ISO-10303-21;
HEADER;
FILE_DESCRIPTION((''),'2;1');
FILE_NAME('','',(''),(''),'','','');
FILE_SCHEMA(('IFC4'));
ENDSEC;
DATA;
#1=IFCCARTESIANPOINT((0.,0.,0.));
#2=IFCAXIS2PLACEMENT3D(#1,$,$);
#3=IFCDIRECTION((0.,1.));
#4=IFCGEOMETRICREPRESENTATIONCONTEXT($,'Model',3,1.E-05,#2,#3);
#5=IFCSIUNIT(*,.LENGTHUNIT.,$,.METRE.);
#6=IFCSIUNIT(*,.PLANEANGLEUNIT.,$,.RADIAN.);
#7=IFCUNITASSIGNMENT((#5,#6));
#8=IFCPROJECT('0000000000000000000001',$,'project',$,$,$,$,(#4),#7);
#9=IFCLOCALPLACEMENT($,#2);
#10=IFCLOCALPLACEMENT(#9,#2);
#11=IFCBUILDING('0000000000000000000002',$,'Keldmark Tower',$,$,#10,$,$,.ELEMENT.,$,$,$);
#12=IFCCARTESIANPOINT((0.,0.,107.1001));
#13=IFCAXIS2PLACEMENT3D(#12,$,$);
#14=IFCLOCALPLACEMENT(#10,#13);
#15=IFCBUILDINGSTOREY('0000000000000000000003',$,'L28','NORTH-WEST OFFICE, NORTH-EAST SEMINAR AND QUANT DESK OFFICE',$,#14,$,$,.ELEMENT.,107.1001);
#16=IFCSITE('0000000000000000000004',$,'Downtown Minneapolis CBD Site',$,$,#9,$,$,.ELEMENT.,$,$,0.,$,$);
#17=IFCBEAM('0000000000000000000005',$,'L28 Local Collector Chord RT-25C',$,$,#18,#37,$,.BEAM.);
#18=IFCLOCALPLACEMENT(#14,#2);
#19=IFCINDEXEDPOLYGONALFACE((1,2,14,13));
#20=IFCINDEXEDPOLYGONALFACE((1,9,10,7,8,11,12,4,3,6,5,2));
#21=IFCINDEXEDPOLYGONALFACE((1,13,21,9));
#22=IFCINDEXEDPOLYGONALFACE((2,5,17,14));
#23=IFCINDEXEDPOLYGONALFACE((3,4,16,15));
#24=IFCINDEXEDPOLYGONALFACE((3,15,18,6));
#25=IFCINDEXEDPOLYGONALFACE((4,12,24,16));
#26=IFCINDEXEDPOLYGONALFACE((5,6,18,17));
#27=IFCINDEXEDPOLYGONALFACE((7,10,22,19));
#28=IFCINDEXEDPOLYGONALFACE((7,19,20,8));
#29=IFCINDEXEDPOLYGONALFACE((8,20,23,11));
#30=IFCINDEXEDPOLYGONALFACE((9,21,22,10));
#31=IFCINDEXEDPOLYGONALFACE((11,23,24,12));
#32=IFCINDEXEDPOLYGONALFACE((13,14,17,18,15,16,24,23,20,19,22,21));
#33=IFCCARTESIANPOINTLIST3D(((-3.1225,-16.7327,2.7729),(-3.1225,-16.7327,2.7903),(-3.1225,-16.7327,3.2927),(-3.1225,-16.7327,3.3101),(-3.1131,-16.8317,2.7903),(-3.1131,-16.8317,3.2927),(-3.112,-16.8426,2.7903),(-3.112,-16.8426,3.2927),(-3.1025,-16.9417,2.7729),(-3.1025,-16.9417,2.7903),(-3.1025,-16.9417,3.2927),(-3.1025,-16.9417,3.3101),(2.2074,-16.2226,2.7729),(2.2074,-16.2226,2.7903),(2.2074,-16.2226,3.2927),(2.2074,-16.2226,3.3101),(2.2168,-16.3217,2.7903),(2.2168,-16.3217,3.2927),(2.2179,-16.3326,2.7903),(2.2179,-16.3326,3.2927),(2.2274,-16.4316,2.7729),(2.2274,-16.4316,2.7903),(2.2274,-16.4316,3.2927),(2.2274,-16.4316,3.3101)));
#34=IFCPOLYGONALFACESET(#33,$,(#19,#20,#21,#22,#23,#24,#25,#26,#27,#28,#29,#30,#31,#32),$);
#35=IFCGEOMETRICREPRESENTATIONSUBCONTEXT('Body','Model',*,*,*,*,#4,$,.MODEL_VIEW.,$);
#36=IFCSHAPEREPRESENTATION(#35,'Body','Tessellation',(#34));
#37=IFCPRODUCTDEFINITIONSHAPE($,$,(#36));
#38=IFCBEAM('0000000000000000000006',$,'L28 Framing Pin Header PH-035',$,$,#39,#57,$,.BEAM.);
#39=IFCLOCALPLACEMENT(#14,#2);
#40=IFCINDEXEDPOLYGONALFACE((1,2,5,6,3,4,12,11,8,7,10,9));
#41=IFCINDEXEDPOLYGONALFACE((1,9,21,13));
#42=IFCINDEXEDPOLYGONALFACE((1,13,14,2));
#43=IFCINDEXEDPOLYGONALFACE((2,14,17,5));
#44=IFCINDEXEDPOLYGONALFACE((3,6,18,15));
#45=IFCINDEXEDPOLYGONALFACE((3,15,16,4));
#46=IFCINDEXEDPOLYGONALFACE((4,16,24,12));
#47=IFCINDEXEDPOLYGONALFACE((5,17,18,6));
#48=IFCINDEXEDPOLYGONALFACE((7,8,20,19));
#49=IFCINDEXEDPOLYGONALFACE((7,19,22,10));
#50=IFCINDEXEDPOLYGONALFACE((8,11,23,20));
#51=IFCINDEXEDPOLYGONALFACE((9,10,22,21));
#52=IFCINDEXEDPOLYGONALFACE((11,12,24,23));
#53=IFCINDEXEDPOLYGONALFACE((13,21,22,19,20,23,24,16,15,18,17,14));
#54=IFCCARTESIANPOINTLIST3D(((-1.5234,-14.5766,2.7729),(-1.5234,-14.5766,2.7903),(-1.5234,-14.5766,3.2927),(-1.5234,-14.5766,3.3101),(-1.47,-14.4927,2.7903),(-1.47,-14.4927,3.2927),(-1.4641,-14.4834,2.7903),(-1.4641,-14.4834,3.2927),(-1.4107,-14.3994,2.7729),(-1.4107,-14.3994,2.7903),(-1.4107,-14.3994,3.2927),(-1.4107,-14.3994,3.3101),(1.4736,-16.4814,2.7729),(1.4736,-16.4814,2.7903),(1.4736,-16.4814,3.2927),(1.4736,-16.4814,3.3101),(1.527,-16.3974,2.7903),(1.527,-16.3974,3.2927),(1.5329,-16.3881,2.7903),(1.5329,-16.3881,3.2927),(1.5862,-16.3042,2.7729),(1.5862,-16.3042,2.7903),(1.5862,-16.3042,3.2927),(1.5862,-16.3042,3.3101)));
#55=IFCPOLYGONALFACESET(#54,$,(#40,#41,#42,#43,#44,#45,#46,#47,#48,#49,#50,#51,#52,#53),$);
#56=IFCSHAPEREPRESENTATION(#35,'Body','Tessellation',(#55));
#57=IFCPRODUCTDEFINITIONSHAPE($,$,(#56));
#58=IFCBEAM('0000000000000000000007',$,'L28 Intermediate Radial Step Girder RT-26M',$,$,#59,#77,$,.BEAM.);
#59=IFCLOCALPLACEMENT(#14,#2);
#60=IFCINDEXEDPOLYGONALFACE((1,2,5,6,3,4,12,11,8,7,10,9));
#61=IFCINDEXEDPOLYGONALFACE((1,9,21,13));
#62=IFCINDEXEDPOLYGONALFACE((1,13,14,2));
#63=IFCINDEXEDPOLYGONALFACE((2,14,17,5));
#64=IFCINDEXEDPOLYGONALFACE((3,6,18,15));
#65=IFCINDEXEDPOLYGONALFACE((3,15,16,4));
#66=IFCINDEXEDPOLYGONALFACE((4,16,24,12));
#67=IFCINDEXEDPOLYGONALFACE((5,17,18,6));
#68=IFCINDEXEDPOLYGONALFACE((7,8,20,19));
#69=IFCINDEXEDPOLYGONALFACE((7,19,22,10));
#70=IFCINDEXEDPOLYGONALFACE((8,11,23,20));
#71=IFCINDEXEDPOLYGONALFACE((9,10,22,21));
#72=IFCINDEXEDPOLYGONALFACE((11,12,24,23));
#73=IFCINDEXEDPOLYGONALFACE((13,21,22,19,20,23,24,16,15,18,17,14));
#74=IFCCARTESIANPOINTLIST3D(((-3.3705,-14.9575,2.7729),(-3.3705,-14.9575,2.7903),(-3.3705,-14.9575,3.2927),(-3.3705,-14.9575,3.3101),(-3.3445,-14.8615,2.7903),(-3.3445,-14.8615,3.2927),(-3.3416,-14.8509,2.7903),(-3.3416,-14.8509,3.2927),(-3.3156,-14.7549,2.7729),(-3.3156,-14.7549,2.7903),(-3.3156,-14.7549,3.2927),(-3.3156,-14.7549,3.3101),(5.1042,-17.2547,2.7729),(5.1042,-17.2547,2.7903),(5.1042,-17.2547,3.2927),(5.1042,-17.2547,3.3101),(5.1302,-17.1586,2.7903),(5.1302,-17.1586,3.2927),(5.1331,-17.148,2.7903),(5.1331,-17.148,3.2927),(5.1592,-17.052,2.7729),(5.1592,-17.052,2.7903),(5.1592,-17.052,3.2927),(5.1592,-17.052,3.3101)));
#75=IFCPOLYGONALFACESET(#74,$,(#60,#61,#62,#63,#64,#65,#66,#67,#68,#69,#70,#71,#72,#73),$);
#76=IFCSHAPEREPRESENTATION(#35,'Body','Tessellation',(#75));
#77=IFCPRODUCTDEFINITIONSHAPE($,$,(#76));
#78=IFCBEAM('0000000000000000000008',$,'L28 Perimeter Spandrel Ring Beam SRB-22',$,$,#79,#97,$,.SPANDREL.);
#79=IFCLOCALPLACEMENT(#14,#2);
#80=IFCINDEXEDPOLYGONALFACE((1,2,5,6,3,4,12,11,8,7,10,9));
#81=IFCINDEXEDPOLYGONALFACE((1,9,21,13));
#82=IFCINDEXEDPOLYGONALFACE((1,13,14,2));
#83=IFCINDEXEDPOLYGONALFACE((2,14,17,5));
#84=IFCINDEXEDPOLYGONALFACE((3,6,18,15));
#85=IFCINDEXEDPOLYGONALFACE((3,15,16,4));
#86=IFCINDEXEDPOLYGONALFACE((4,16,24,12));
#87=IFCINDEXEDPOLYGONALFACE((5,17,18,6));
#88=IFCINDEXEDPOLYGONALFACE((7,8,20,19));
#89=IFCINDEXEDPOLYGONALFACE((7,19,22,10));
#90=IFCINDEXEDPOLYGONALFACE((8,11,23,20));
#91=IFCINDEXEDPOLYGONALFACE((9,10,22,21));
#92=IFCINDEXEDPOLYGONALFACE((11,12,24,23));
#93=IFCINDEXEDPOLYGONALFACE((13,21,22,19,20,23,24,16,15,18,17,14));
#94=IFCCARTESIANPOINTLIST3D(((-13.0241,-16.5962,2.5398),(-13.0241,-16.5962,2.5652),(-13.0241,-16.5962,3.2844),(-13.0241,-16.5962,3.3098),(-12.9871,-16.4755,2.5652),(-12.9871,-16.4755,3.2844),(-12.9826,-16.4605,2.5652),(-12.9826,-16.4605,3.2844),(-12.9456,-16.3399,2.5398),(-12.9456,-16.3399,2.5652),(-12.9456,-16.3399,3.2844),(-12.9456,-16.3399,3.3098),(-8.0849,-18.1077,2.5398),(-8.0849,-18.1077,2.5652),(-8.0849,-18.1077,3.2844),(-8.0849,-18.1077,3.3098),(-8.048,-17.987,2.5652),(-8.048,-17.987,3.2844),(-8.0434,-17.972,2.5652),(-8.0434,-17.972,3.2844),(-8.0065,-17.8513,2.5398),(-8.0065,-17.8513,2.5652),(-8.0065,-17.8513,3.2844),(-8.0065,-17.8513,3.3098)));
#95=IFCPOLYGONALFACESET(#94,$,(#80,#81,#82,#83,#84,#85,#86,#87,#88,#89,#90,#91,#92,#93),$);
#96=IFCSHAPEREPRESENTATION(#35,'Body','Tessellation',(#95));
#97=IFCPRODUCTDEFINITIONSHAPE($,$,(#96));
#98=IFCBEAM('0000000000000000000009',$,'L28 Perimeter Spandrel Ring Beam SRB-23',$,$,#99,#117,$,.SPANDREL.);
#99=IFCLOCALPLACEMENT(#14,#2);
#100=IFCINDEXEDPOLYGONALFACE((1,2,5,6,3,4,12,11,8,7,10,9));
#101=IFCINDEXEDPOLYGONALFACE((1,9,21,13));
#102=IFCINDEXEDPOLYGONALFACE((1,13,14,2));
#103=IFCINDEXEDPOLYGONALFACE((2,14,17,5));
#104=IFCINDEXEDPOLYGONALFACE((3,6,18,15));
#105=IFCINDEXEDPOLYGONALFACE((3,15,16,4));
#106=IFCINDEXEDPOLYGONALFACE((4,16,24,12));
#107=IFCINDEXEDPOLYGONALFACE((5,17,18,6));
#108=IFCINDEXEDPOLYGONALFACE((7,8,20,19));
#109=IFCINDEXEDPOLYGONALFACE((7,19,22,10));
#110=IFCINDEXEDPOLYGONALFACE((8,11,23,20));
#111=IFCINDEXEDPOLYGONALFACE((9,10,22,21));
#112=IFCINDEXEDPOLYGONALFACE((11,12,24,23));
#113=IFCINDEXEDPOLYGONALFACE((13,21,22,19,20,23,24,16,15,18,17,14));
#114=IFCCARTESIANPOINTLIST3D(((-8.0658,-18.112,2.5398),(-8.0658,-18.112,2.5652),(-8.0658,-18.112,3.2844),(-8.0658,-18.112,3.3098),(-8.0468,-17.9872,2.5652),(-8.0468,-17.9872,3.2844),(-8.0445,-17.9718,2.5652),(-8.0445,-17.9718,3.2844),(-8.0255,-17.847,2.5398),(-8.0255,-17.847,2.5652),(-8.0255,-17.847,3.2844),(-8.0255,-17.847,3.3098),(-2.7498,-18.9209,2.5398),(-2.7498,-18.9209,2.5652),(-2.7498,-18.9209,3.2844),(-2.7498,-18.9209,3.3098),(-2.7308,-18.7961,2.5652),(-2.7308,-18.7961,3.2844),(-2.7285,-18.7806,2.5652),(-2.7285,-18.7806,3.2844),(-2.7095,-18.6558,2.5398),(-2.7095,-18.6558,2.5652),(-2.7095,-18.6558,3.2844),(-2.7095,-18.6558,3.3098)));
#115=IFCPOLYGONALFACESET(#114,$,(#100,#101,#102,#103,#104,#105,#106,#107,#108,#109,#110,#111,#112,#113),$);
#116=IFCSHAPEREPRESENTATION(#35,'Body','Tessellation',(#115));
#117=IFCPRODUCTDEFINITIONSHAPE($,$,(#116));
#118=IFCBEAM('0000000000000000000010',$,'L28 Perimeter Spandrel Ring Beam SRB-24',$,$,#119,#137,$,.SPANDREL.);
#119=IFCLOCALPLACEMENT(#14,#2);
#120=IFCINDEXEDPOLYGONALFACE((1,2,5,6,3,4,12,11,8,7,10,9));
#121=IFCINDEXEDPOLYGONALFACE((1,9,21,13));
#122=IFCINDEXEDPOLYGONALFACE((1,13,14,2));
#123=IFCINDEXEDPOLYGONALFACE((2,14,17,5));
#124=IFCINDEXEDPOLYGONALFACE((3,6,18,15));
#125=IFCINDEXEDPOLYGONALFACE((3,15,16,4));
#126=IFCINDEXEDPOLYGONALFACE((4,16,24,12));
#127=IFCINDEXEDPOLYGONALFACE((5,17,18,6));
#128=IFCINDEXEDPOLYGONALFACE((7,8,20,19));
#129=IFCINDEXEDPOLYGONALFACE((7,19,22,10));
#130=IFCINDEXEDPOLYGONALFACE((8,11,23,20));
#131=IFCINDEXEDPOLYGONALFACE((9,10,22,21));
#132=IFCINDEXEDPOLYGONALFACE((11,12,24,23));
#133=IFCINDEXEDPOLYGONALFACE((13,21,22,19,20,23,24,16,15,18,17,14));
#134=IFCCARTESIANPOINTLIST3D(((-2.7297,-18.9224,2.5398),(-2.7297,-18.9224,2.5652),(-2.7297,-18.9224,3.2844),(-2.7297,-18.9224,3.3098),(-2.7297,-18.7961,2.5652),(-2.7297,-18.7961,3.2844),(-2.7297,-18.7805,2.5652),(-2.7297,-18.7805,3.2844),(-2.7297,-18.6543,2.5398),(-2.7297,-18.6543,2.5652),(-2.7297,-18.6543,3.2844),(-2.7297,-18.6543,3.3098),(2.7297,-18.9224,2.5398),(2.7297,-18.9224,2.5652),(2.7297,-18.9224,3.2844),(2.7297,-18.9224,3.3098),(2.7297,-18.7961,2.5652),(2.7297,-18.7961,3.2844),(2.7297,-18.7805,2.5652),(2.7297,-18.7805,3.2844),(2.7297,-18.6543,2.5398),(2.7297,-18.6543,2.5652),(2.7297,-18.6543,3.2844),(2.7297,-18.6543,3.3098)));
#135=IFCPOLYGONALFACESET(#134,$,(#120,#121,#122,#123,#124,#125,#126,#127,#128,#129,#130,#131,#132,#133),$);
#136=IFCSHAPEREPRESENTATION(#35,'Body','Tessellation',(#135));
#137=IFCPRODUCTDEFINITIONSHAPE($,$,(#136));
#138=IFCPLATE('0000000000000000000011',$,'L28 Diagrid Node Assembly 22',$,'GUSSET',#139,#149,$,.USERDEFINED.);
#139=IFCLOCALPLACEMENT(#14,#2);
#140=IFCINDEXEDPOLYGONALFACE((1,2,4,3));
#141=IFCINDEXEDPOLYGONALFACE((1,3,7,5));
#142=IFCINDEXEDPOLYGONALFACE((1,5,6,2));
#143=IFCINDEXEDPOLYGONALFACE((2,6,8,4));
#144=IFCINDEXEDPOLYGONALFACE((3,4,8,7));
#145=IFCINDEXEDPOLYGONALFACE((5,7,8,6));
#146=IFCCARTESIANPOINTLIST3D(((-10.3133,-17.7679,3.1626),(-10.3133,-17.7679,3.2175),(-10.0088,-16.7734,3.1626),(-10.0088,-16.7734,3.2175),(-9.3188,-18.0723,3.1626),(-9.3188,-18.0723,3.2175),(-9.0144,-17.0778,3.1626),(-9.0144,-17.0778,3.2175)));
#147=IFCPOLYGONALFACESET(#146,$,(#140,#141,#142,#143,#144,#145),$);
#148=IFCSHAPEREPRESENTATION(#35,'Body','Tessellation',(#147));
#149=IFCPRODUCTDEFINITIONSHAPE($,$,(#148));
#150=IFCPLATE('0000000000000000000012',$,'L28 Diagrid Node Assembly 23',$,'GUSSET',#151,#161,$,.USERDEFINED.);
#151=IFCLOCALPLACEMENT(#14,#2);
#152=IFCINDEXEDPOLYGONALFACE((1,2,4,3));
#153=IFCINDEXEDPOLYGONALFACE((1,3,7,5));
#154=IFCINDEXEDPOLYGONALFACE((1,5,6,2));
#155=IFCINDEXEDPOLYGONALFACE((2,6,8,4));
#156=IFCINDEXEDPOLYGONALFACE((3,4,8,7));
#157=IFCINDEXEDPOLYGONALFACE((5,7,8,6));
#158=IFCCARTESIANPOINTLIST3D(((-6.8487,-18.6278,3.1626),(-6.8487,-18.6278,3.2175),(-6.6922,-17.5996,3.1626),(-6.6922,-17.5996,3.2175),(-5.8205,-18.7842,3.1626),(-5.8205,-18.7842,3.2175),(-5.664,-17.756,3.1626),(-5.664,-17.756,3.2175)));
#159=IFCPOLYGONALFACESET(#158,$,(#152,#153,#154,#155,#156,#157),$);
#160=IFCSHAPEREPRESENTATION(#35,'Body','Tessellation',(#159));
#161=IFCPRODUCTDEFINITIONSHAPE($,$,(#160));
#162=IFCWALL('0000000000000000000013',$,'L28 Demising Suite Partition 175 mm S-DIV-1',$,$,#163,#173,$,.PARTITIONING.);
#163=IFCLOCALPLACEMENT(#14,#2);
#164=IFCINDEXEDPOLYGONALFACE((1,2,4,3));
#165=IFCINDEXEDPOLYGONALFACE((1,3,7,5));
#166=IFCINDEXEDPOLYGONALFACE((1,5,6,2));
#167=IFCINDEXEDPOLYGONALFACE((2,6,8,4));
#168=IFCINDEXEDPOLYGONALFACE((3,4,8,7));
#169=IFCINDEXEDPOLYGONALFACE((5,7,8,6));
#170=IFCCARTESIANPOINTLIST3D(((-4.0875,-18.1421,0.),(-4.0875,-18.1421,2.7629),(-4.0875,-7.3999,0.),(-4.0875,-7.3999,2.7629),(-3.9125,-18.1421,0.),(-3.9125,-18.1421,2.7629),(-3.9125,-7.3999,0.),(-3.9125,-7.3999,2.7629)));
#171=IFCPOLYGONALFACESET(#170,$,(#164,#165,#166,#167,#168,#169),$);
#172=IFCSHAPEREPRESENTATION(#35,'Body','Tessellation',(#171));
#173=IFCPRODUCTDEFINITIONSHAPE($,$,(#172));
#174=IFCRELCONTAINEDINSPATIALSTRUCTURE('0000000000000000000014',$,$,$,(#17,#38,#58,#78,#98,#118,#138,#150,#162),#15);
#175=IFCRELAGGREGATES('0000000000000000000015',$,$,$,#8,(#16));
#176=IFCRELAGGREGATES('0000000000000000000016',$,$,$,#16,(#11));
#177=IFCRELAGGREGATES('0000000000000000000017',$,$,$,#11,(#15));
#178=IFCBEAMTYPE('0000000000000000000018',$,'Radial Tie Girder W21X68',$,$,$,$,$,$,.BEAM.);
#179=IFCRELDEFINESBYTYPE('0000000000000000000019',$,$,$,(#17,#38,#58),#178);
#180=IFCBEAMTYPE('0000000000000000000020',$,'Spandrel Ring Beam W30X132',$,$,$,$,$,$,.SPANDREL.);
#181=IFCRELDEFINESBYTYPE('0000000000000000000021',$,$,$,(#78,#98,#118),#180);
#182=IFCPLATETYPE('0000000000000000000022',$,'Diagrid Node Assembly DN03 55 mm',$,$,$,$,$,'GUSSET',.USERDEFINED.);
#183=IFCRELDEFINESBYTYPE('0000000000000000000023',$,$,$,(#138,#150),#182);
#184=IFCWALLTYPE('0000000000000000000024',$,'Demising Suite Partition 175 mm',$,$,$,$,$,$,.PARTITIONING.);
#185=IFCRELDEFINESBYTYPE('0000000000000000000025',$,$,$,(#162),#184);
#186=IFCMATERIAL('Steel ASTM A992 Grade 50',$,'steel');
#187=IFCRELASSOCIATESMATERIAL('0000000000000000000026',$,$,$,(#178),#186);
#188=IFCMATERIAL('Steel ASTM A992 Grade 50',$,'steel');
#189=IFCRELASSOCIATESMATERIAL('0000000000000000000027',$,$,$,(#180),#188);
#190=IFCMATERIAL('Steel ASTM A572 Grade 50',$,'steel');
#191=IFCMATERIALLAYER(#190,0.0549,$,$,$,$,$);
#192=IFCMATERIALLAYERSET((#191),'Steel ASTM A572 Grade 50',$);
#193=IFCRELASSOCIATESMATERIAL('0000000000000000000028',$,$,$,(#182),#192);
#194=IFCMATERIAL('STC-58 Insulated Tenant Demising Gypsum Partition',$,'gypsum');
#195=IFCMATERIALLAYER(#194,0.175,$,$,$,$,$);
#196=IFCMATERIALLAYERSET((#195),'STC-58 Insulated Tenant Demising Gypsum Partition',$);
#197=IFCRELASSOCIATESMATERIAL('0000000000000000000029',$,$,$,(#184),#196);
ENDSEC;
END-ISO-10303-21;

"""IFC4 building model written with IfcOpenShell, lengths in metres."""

from ifc_helpers import new_model, si_unit, direction, frame, frame_2d, origin, origin_2d, place, context, subcontext, project, spatial, rectangle, i_section, extrude, material, layer, layer_set, material_profile, profile_set, type_object, element, save


model = new_model("IFC4")

# Units and contexts
model_context = context("Model", 3, precision=1e-05, world=origin(), true_north=direction((0.0, 1.0)))
body_context = subcontext(model_context, "Body", "Model", "MODEL_VIEW")
ifc_project = project(units=[si_unit("LENGTHUNIT", "METRE"), si_unit("PLANEANGLEUNIT", "RADIAN")], contexts=[model_context])

# Site, building, storey
site_placement = place(None, origin())
site = spatial("IfcSite", under=ifc_project, at=site_placement, Name="Downtown Minneapolis CBD Site", CompositionType="ELEMENT", RefElevation=0.0)
building_placement = place(site_placement, origin())
building = spatial("IfcBuilding", under=site, at=building_placement, Name="Keldmark Tower", CompositionType="ELEMENT")
storey_placement = place(building_placement, frame((0.0, 0.0, 107.1001)))
storey = spatial("IfcBuildingStorey", under=building, at=storey_placement, Name="L28", Description="NORTH-WEST OFFICE, NORTH-EAST SEMINAR AND QUANT DESK OFFICE", CompositionType="ELEMENT", Elevation=107.1001)

# Beams
ifc_material_1 = material(Name="Steel ASTM A992 Grade 50", Category="steel")
ifc_material_profile_1 = material_profile(ifc_material_1, i_section(OverallWidth=0.21, OverallDepth=0.5371, WebThickness=0.011, FlangeThickness=0.0173, at=origin_2d()), Name="W21X68")
ifc_profile_set_1 = profile_set([ifc_material_profile_1], Name="Steel ASTM A992 Grade 50")
beam_type_1 = type_object("IfcBeamType", Name="Radial Tie Girder W21X68", PredefinedType="BEAM", material=ifc_profile_set_1)
beam_1_placement = place(storey_placement, frame((-3.1125, -16.8372, 3.0415), z_axis=(0.995453, 0.095255, 0.0), x_axis=(-0.095255, 0.995453, 0.0)))
element("IfcBeam", 1, at=beam_1_placement, inside=storey, type_object=beam_type_1, Name="L28 Local Collector Chord RT-25C", PredefinedType="BEAM", context=body_context, shape_type="SweptSolid", body=[
    extrude(i_section(OverallWidth=0.21, OverallDepth=0.5371, WebThickness=0.011, FlangeThickness=0.0173, at=origin_2d()), origin(), (0.0, 0.0, 1.0), 5.3542),
])
beam_2_placement = place(storey_placement, frame((-1.467, -14.488, 3.0415), z_axis=(0.843973, -0.536386, 0.0), x_axis=(0.536386, 0.843973, 0.0)))
element("IfcBeam", 2, at=beam_2_placement, inside=storey, type_object=beam_type_1, Name="L28 Framing Pin Header PH-035", PredefinedType="BEAM", context=body_context, shape_type="SweptSolid", body=[
    extrude(i_section(OverallWidth=0.21, OverallDepth=0.5371, WebThickness=0.011, FlangeThickness=0.0173, at=origin_2d()), origin(), (0.0, 0.0, 1.0), 3.551),
])
beam_3_placement = place(storey_placement, frame((-3.343, -14.8562, 3.0415), z_axis=(0.965171, -0.261618, 0.0), x_axis=(0.261618, 0.965171, 0.0)))
element("IfcBeam", 3, at=beam_3_placement, inside=storey, type_object=beam_type_1, Name="L28 Intermediate Radial Step Girder RT-26M", PredefinedType="BEAM", context=body_context, shape_type="SweptSolid", body=[
    extrude(i_section(OverallWidth=0.21, OverallDepth=0.5371, WebThickness=0.011, FlangeThickness=0.0173, at=origin_2d()), origin(), (0.0, 0.0, 1.0), 8.7805),
])
ifc_material_2 = material(Name="Steel ASTM A992 Grade 50", Category="steel")
ifc_material_profile_2 = material_profile(ifc_material_2, i_section(OverallWidth=0.2681, OverallDepth=0.77, WebThickness=0.0156, FlangeThickness=0.0254, at=origin_2d()), Name="W30X132")
ifc_profile_set_2 = profile_set([ifc_material_profile_2], Name="Steel ASTM A992 Grade 50")
beam_type_2 = type_object("IfcBeamType", Name="Spandrel Ring Beam W30X132", PredefinedType="SPANDREL", material=ifc_profile_set_2)
beam_4_placement = place(storey_placement, frame((-12.9849, -16.468, 2.9248), z_axis=(0.956229, -0.292621, 0.0), x_axis=(0.292621, 0.956229, 0.0)))
element("IfcBeam", 4, at=beam_4_placement, inside=storey, type_object=beam_type_2, Name="L28 Perimeter Spandrel Ring Beam SRB-22", PredefinedType="SPANDREL", context=body_context, shape_type="SweptSolid", body=[
    extrude(i_section(OverallWidth=0.2681, OverallDepth=0.77, WebThickness=0.0156, FlangeThickness=0.0254, at=origin_2d()), origin(), (0.0, 0.0, 1.0), 5.1653),
])
beam_5_placement = place(storey_placement, frame((-8.0457, -17.9795, 2.9248), z_axis=(0.988622, -0.150423, 0.0), x_axis=(0.150423, 0.988622, 0.0)))
element("IfcBeam", 5, at=beam_5_placement, inside=storey, type_object=beam_type_2, Name="L28 Perimeter Spandrel Ring Beam SRB-23", PredefinedType="SPANDREL", context=body_context, shape_type="SweptSolid", body=[
    extrude(i_section(OverallWidth=0.2681, OverallDepth=0.77, WebThickness=0.0156, FlangeThickness=0.0254, at=origin_2d()), origin(), (0.0, 0.0, 1.0), 5.3772),
])
beam_6_placement = place(storey_placement, frame((-2.7297, -18.7883, 2.9248), z_axis=(1.0, 0.0, 0.0), x_axis=(0.0, 1.0, 0.0)))
element("IfcBeam", 6, at=beam_6_placement, inside=storey, type_object=beam_type_2, Name="L28 Perimeter Spandrel Ring Beam SRB-24", PredefinedType="SPANDREL", context=body_context, shape_type="SweptSolid", body=[
    extrude(i_section(OverallWidth=0.2681, OverallDepth=0.77, WebThickness=0.0156, FlangeThickness=0.0254, at=origin_2d()), origin(), (0.0, 0.0, 1.0), 5.4595),
])

# Plates
ifc_material_3 = material(Name="Steel ASTM A572 Grade 50", Category="steel")
ifc_layer_1 = layer(ifc_material_3, 0.0549)
ifc_layer_set_1 = layer_set([ifc_layer_1], Name="Steel ASTM A572 Grade 50")
plate_type = type_object("IfcPlateType", Name="Diagrid Node Assembly DN03 55 mm", ElementType="GUSSET", PredefinedType="USERDEFINED", material=ifc_layer_set_1)
for number, where, z_axis, x_axis, name in (
    (7, (-9.6638, -17.4229, 3.1626), (0.0, 0.0, 1.0), (0.956203, -0.292706, 0.0), "L28 Diagrid Node Assembly 22"),
    (8, (-6.2563, -18.1919, 3.1626), (0.0, 0.0, 1.0), (0.988626, -0.150398, 0.0), "L28 Diagrid Node Assembly 23"),
):
    element("IfcPlate", number, at=place(storey_placement, frame(where, z_axis=z_axis, x_axis=x_axis)), inside=storey, type_object=plate_type, Name=name, ObjectType="GUSSET", PredefinedType="USERDEFINED", context=body_context, shape_type="SweptSolid", body=[
        extrude(rectangle(XDim=1.04, YDim=1.04, at=origin_2d()), origin(), (0.0, 0.0, 1.0), 0.0549),
    ])

# Wall
ifc_material_4 = material(Name="STC-58 Insulated Tenant Demising Gypsum Partition", Category="gypsum")
ifc_layer_2 = layer(ifc_material_4, 0.175)
ifc_layer_set_2 = layer_set([ifc_layer_2], Name="STC-58 Insulated Tenant Demising Gypsum Partition")
wall_type_1 = type_object("IfcWallType", Name="Demising Suite Partition 175 mm", PredefinedType="PARTITIONING", material=ifc_layer_set_2)
wall_1_placement = place(storey_placement, frame((-4.0, -18.1421, 0.0), z_axis=(0.0, 0.0, 1.0), x_axis=(0.0, 1.0, 0.0)))
element("IfcWall", 9, at=wall_1_placement, inside=storey, type_object=wall_type_1, Name="L28 Demising Suite Partition 175 mm S-DIV-1", PredefinedType="PARTITIONING", context=body_context, shape_type="SweptSolid", body=[
    extrude(rectangle(XDim=10.7422, YDim=0.175, at=frame_2d((5.3711, 0.0))), origin(), (0.0, 0.0, 1.0), 2.7629),
])

save(model, "model.ifc")
